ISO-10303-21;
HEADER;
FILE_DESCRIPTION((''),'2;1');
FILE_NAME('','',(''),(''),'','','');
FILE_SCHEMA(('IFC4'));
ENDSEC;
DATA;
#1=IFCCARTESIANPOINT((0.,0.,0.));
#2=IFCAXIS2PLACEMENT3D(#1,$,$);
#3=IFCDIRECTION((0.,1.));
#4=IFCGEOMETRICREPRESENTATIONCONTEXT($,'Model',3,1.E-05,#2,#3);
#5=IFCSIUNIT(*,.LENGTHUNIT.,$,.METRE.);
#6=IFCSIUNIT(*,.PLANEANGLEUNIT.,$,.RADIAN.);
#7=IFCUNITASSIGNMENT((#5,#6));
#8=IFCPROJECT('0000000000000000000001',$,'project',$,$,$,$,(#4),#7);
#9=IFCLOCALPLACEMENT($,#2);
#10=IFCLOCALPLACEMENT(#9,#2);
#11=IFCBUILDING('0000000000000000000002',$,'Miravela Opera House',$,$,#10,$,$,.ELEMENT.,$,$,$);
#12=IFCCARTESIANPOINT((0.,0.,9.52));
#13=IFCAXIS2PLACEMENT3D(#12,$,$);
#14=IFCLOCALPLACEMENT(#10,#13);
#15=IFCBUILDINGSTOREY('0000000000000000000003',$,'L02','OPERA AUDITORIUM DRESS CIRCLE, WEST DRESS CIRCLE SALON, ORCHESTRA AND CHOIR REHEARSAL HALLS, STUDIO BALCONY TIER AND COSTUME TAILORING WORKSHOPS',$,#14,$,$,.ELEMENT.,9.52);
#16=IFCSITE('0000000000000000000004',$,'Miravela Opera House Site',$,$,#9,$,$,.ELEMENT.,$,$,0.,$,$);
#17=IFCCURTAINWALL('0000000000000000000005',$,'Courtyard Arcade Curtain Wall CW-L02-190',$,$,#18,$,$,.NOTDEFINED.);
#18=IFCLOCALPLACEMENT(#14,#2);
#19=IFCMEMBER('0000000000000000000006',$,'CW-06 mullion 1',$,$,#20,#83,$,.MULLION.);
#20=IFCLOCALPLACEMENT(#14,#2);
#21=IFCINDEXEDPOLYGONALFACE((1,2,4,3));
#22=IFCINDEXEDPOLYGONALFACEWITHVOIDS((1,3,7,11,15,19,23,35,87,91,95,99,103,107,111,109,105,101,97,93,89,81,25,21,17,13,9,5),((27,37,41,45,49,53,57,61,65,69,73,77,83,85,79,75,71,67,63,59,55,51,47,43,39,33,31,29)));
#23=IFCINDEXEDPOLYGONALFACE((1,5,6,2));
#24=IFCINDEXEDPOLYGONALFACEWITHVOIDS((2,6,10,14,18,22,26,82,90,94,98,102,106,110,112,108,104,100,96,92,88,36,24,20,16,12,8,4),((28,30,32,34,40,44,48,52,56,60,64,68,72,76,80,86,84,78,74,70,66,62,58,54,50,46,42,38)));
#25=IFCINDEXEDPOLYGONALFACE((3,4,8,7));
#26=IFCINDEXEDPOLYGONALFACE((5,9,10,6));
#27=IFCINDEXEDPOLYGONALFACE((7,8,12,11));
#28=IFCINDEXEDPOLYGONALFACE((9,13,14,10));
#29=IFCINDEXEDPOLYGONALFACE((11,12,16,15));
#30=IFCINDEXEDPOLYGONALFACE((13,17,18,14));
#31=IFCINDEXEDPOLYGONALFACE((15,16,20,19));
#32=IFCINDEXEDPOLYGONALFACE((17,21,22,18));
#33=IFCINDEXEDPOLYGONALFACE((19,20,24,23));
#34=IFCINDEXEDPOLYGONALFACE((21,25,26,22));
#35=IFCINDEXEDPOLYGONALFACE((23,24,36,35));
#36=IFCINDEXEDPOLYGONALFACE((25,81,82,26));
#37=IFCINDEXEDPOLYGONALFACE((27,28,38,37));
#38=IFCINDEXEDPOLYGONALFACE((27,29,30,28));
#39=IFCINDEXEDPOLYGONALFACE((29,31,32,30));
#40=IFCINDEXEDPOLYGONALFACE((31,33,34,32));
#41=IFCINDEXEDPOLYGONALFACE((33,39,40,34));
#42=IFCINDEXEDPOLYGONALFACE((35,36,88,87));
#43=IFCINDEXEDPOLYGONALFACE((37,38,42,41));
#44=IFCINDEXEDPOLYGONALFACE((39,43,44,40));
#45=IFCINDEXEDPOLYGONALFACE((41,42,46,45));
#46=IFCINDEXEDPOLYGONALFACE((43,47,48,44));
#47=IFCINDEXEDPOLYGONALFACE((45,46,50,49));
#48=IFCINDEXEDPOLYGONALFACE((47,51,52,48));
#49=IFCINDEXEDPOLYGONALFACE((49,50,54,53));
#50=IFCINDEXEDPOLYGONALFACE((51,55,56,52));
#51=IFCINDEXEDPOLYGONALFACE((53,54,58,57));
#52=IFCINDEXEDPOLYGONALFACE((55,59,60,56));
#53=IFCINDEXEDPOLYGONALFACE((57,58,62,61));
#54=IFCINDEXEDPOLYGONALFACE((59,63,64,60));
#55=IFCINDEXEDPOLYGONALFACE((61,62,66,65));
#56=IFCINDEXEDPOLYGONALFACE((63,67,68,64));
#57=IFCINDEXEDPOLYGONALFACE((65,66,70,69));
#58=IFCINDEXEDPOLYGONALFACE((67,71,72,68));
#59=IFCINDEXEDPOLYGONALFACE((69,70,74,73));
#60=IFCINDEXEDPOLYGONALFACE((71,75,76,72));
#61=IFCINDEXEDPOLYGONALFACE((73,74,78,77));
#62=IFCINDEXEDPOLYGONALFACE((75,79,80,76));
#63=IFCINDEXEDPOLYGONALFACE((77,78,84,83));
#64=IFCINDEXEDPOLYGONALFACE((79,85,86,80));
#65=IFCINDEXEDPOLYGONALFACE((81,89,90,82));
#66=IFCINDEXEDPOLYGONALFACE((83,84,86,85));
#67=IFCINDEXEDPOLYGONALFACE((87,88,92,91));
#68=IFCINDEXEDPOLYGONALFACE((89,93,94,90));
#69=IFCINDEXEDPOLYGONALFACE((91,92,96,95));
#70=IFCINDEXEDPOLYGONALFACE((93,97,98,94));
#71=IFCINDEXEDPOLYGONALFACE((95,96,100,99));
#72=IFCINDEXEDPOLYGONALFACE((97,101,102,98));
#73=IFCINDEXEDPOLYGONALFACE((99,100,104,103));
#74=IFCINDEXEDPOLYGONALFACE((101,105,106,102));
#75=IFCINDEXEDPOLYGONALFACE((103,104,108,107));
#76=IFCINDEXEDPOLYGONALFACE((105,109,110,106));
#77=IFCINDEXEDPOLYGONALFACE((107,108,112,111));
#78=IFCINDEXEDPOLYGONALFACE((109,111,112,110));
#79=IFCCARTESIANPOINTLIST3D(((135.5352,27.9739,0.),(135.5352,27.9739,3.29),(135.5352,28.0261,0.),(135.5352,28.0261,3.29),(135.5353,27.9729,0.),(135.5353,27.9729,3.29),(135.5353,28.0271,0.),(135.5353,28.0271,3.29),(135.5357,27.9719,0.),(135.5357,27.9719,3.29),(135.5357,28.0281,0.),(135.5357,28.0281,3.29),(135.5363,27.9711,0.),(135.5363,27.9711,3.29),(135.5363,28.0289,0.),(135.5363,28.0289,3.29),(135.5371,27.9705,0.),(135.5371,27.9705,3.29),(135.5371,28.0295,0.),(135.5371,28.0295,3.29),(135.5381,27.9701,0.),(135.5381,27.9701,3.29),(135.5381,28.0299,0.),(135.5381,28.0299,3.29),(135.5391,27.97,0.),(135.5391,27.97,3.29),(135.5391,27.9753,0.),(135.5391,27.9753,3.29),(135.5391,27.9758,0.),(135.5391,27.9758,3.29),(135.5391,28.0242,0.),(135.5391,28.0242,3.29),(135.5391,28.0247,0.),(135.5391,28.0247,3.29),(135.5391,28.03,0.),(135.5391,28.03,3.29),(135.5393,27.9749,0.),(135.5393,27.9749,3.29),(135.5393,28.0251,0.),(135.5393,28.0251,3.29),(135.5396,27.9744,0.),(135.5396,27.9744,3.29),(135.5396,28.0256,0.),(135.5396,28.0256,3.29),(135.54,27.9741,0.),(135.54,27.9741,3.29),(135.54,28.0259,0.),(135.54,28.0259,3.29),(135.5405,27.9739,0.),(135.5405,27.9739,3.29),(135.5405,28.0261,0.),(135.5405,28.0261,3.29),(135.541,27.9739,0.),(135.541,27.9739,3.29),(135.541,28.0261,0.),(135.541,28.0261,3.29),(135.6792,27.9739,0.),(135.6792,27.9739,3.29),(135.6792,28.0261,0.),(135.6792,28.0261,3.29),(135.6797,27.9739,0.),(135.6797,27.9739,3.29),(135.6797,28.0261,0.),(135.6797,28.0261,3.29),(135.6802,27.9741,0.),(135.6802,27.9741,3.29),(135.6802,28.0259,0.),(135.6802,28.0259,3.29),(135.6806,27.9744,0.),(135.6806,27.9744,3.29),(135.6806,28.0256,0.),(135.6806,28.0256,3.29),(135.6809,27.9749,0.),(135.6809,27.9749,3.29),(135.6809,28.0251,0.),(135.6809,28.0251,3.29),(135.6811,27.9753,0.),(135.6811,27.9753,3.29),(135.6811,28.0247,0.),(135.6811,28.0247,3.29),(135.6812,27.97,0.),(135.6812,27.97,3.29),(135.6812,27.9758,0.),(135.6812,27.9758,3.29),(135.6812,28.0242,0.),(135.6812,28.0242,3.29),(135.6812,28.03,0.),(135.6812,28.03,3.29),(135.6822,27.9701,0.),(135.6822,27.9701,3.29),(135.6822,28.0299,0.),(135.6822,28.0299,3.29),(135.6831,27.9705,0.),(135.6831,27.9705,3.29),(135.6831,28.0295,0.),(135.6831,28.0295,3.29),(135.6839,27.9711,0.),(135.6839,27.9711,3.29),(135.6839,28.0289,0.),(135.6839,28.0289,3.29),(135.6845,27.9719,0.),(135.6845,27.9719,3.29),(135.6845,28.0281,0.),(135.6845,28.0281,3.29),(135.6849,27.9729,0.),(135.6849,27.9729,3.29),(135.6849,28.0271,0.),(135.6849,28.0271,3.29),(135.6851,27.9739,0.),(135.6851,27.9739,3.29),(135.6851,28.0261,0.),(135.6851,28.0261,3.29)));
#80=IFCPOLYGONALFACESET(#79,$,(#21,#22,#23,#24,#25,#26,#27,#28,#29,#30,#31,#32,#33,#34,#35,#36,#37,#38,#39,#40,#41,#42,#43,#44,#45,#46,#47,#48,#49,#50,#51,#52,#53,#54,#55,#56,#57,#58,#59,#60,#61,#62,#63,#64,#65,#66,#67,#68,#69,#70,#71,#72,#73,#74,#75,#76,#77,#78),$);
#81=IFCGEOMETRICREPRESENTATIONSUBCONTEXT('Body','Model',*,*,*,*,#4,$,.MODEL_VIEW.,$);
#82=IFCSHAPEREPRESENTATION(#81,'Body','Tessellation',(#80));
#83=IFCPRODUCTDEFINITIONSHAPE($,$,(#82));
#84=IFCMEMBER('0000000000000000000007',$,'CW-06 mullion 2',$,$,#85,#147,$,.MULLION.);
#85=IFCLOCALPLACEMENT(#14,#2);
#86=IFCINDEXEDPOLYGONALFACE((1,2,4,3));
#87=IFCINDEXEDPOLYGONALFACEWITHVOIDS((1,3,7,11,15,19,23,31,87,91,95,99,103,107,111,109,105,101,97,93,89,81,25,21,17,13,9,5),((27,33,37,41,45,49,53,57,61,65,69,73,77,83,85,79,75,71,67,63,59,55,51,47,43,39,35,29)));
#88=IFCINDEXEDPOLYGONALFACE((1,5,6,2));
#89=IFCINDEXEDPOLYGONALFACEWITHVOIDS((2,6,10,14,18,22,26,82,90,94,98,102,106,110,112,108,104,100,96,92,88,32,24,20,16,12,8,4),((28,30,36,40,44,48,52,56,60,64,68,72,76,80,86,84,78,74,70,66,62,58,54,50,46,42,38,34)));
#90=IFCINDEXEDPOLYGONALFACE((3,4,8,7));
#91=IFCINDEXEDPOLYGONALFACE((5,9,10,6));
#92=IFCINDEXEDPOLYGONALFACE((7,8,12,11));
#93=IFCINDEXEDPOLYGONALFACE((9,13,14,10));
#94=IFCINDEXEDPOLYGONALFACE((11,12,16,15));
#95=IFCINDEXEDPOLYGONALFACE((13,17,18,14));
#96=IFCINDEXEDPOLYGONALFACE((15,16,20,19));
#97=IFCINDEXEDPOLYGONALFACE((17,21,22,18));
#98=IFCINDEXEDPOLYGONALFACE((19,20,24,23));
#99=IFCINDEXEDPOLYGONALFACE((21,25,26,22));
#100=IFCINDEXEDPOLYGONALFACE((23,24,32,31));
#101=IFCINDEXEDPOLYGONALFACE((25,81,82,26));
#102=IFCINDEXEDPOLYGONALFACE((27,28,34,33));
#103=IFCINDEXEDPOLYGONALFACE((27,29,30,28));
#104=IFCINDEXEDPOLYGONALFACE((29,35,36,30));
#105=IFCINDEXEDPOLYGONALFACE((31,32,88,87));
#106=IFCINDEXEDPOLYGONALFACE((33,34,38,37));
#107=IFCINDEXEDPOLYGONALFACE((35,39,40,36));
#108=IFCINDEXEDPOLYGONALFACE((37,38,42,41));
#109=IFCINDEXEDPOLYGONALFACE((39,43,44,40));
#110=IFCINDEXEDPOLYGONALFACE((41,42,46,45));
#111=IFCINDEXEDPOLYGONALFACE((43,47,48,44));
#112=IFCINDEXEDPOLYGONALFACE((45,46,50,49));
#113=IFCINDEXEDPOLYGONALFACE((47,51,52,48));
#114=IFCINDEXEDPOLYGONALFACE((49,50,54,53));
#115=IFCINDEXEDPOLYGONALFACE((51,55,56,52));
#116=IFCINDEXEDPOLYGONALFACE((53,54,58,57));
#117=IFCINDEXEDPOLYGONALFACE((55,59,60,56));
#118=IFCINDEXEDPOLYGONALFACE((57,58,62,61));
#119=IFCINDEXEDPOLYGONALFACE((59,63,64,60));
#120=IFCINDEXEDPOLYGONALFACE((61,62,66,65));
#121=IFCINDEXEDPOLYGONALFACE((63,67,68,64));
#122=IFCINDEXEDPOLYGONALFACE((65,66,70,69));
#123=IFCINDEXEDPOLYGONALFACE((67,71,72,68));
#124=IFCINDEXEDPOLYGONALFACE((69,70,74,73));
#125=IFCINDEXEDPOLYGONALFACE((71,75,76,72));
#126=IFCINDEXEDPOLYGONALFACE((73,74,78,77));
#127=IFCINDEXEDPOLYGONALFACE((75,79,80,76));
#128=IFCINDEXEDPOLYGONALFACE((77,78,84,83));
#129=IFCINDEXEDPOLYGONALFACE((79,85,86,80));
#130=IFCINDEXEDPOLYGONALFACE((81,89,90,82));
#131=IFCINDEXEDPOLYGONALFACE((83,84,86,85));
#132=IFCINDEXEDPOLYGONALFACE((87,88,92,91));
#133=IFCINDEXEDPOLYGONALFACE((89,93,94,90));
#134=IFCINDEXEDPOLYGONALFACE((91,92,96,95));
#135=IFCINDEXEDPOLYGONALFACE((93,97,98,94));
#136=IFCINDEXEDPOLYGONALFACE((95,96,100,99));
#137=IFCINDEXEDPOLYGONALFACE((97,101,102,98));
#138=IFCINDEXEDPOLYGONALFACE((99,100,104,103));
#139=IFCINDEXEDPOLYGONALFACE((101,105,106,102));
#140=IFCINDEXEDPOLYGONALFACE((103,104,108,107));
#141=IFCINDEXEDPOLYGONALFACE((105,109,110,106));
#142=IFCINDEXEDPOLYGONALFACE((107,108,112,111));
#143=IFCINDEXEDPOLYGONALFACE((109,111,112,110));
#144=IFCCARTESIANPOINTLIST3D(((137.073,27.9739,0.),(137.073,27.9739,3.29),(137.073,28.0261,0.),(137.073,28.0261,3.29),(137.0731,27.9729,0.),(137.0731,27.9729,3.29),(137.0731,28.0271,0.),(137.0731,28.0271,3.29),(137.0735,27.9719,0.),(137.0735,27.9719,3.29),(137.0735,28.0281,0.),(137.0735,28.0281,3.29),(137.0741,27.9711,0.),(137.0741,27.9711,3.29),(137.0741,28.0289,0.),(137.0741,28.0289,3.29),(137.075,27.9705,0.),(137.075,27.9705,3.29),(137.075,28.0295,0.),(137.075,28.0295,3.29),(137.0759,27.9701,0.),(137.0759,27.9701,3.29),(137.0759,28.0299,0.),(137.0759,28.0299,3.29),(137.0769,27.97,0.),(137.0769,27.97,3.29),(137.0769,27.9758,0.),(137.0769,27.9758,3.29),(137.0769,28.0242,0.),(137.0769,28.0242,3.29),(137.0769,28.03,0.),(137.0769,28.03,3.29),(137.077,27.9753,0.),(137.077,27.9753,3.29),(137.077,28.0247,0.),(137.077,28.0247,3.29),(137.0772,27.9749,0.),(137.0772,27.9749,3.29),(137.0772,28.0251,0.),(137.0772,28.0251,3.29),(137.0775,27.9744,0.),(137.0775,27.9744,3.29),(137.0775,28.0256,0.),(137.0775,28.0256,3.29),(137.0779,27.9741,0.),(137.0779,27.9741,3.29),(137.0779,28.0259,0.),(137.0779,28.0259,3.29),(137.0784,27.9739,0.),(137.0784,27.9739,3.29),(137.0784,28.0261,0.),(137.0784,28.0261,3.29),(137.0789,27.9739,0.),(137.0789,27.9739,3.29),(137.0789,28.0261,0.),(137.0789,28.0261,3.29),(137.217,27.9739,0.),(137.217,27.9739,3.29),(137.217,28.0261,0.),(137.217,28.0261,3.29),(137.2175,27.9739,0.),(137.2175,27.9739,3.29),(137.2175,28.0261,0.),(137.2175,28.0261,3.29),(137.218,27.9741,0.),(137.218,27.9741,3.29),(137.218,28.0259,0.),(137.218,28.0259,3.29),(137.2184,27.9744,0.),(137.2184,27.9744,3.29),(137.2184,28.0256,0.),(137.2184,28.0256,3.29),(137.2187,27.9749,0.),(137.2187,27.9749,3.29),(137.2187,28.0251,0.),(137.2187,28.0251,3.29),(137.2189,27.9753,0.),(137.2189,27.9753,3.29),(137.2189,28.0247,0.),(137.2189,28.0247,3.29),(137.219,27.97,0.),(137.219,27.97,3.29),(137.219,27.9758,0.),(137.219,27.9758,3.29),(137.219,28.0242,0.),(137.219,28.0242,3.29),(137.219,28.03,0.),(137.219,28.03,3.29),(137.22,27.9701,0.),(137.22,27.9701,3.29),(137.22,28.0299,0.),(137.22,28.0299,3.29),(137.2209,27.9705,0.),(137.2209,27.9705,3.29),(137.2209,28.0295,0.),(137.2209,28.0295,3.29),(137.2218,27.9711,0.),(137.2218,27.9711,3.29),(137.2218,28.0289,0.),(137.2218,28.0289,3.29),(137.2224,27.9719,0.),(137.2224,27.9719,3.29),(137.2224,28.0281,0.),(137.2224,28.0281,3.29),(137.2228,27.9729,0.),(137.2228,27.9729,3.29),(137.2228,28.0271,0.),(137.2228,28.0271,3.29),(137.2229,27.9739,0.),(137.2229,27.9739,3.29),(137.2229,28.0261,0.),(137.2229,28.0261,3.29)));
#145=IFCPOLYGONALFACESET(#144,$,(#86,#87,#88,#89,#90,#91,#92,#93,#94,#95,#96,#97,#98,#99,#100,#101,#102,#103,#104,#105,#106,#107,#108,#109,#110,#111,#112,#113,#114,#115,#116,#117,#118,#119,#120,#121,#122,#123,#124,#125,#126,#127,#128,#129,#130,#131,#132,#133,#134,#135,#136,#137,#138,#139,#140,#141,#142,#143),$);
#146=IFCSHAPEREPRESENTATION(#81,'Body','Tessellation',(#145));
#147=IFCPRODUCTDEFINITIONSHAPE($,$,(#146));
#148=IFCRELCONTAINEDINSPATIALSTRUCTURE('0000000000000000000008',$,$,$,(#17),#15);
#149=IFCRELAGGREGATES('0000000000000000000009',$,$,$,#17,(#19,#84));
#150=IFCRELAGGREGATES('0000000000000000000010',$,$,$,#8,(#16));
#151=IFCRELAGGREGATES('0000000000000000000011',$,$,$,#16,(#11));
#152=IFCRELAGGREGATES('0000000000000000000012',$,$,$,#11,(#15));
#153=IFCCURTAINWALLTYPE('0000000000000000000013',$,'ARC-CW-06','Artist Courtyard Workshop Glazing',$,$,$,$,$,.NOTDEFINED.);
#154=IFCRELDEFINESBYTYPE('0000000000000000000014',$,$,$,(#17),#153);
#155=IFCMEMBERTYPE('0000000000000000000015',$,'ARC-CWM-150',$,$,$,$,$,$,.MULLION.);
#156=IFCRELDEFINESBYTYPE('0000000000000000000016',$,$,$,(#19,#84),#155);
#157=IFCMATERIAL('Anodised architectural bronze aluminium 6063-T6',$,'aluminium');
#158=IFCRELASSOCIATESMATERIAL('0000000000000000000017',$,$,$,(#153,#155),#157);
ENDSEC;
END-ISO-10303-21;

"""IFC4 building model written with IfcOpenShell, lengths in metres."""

from ifc_helpers import new_model, si_unit, direction, frame, origin, origin_2d, place, context, subcontext, project, spatial, hollow_rectangle, extrude, material, material_profile, profile_set, type_object, element, aggregate, save


model = new_model("IFC4")

# Units and contexts
model_context = context("Model", 3, precision=1e-05, world=origin(), true_north=direction((0.0, 1.0)))
body_context = subcontext(model_context, "Body", "Model", "MODEL_VIEW")
ifc_project = project(units=[si_unit("LENGTHUNIT", "METRE"), si_unit("PLANEANGLEUNIT", "RADIAN")], contexts=[model_context])

# Site, building, storey
site_placement = place(None, origin())
site = spatial("IfcSite", under=ifc_project, at=site_placement, Name="Miravela Opera House Site", CompositionType="ELEMENT", RefElevation=0.0)
building_placement = place(site_placement, origin())
building = spatial("IfcBuilding", under=site, at=building_placement, Name="Miravela Opera House", CompositionType="ELEMENT")
storey_placement = place(building_placement, frame((0.0, 0.0, 9.52)))
storey = spatial("IfcBuildingStorey", under=building, at=storey_placement, Name="L02", Description="OPERA AUDITORIUM DRESS CIRCLE, WEST DRESS CIRCLE SALON, ORCHESTRA AND CHOIR REHEARSAL HALLS, STUDIO BALCONY TIER AND COSTUME TAILORING WORKSHOPS", CompositionType="ELEMENT", Elevation=9.52)

# Curtain wall, members
ifc_material_1 = material(Name="Anodised architectural bronze aluminium 6063-T6", Category="aluminium")
curtain_wall_type = type_object("IfcCurtainWallType", Name="ARC-CW-06", Description="Artist Courtyard Workshop Glazing", PredefinedType="NOTDEFINED", material=ifc_material_1)
curtain_wall_placement = place(storey_placement, origin())
curtain_wall = element("IfcCurtainWall", 1, at=curtain_wall_placement, inside=storey, type_object=curtain_wall_type, Name="Courtyard Arcade Curtain Wall CW-L02-190", PredefinedType="NOTDEFINED")
ifc_material_profile_1 = material_profile(ifc_material_1, hollow_rectangle(XDim=0.0601, YDim=0.1499, WallThickness=0.0039, InnerFilletRadius=0.002, OuterFilletRadius=0.0039, at=origin_2d()), Name="CWM-60X150")
ifc_profile_set_1 = profile_set([ifc_material_profile_1])
member_type_1 = type_object("IfcMemberType", Name="ARC-CWM-150", PredefinedType="MULLION", material=ifc_profile_set_1)
member_1_placement = place(storey_placement, frame((135.6101, 28.0, 0.0), z_axis=(0.0, 0.0, 1.0), x_axis=(0.0, 1.0, 0.0)))
member_1 = element("IfcMember", 2, at=member_1_placement, type_object=member_type_1, Name="CW-06 mullion 1", PredefinedType="MULLION", context=body_context, shape_type="SweptSolid", body=[
    extrude(hollow_rectangle(XDim=0.0601, YDim=0.1499, WallThickness=0.0039, InnerFilletRadius=0.002, OuterFilletRadius=0.0039, at=origin_2d()), origin(), (0.0, 0.0, 1.0), 3.29),
])
member_2_placement = place(storey_placement, frame((137.1479, 28.0, 0.0), z_axis=(0.0, 0.0, 1.0), x_axis=(0.0, 1.0, 0.0)))
member_2 = element("IfcMember", 3, at=member_2_placement, type_object=member_type_1, Name="CW-06 mullion 2", PredefinedType="MULLION", context=body_context, shape_type="SweptSolid", body=[
    extrude(hollow_rectangle(XDim=0.0601, YDim=0.1499, WallThickness=0.0039, InnerFilletRadius=0.002, OuterFilletRadius=0.0039, at=origin_2d()), origin(), (0.0, 0.0, 1.0), 3.29),
])

aggregate(curtain_wall, [member_1, member_2])

save(model, "model.ifc")
